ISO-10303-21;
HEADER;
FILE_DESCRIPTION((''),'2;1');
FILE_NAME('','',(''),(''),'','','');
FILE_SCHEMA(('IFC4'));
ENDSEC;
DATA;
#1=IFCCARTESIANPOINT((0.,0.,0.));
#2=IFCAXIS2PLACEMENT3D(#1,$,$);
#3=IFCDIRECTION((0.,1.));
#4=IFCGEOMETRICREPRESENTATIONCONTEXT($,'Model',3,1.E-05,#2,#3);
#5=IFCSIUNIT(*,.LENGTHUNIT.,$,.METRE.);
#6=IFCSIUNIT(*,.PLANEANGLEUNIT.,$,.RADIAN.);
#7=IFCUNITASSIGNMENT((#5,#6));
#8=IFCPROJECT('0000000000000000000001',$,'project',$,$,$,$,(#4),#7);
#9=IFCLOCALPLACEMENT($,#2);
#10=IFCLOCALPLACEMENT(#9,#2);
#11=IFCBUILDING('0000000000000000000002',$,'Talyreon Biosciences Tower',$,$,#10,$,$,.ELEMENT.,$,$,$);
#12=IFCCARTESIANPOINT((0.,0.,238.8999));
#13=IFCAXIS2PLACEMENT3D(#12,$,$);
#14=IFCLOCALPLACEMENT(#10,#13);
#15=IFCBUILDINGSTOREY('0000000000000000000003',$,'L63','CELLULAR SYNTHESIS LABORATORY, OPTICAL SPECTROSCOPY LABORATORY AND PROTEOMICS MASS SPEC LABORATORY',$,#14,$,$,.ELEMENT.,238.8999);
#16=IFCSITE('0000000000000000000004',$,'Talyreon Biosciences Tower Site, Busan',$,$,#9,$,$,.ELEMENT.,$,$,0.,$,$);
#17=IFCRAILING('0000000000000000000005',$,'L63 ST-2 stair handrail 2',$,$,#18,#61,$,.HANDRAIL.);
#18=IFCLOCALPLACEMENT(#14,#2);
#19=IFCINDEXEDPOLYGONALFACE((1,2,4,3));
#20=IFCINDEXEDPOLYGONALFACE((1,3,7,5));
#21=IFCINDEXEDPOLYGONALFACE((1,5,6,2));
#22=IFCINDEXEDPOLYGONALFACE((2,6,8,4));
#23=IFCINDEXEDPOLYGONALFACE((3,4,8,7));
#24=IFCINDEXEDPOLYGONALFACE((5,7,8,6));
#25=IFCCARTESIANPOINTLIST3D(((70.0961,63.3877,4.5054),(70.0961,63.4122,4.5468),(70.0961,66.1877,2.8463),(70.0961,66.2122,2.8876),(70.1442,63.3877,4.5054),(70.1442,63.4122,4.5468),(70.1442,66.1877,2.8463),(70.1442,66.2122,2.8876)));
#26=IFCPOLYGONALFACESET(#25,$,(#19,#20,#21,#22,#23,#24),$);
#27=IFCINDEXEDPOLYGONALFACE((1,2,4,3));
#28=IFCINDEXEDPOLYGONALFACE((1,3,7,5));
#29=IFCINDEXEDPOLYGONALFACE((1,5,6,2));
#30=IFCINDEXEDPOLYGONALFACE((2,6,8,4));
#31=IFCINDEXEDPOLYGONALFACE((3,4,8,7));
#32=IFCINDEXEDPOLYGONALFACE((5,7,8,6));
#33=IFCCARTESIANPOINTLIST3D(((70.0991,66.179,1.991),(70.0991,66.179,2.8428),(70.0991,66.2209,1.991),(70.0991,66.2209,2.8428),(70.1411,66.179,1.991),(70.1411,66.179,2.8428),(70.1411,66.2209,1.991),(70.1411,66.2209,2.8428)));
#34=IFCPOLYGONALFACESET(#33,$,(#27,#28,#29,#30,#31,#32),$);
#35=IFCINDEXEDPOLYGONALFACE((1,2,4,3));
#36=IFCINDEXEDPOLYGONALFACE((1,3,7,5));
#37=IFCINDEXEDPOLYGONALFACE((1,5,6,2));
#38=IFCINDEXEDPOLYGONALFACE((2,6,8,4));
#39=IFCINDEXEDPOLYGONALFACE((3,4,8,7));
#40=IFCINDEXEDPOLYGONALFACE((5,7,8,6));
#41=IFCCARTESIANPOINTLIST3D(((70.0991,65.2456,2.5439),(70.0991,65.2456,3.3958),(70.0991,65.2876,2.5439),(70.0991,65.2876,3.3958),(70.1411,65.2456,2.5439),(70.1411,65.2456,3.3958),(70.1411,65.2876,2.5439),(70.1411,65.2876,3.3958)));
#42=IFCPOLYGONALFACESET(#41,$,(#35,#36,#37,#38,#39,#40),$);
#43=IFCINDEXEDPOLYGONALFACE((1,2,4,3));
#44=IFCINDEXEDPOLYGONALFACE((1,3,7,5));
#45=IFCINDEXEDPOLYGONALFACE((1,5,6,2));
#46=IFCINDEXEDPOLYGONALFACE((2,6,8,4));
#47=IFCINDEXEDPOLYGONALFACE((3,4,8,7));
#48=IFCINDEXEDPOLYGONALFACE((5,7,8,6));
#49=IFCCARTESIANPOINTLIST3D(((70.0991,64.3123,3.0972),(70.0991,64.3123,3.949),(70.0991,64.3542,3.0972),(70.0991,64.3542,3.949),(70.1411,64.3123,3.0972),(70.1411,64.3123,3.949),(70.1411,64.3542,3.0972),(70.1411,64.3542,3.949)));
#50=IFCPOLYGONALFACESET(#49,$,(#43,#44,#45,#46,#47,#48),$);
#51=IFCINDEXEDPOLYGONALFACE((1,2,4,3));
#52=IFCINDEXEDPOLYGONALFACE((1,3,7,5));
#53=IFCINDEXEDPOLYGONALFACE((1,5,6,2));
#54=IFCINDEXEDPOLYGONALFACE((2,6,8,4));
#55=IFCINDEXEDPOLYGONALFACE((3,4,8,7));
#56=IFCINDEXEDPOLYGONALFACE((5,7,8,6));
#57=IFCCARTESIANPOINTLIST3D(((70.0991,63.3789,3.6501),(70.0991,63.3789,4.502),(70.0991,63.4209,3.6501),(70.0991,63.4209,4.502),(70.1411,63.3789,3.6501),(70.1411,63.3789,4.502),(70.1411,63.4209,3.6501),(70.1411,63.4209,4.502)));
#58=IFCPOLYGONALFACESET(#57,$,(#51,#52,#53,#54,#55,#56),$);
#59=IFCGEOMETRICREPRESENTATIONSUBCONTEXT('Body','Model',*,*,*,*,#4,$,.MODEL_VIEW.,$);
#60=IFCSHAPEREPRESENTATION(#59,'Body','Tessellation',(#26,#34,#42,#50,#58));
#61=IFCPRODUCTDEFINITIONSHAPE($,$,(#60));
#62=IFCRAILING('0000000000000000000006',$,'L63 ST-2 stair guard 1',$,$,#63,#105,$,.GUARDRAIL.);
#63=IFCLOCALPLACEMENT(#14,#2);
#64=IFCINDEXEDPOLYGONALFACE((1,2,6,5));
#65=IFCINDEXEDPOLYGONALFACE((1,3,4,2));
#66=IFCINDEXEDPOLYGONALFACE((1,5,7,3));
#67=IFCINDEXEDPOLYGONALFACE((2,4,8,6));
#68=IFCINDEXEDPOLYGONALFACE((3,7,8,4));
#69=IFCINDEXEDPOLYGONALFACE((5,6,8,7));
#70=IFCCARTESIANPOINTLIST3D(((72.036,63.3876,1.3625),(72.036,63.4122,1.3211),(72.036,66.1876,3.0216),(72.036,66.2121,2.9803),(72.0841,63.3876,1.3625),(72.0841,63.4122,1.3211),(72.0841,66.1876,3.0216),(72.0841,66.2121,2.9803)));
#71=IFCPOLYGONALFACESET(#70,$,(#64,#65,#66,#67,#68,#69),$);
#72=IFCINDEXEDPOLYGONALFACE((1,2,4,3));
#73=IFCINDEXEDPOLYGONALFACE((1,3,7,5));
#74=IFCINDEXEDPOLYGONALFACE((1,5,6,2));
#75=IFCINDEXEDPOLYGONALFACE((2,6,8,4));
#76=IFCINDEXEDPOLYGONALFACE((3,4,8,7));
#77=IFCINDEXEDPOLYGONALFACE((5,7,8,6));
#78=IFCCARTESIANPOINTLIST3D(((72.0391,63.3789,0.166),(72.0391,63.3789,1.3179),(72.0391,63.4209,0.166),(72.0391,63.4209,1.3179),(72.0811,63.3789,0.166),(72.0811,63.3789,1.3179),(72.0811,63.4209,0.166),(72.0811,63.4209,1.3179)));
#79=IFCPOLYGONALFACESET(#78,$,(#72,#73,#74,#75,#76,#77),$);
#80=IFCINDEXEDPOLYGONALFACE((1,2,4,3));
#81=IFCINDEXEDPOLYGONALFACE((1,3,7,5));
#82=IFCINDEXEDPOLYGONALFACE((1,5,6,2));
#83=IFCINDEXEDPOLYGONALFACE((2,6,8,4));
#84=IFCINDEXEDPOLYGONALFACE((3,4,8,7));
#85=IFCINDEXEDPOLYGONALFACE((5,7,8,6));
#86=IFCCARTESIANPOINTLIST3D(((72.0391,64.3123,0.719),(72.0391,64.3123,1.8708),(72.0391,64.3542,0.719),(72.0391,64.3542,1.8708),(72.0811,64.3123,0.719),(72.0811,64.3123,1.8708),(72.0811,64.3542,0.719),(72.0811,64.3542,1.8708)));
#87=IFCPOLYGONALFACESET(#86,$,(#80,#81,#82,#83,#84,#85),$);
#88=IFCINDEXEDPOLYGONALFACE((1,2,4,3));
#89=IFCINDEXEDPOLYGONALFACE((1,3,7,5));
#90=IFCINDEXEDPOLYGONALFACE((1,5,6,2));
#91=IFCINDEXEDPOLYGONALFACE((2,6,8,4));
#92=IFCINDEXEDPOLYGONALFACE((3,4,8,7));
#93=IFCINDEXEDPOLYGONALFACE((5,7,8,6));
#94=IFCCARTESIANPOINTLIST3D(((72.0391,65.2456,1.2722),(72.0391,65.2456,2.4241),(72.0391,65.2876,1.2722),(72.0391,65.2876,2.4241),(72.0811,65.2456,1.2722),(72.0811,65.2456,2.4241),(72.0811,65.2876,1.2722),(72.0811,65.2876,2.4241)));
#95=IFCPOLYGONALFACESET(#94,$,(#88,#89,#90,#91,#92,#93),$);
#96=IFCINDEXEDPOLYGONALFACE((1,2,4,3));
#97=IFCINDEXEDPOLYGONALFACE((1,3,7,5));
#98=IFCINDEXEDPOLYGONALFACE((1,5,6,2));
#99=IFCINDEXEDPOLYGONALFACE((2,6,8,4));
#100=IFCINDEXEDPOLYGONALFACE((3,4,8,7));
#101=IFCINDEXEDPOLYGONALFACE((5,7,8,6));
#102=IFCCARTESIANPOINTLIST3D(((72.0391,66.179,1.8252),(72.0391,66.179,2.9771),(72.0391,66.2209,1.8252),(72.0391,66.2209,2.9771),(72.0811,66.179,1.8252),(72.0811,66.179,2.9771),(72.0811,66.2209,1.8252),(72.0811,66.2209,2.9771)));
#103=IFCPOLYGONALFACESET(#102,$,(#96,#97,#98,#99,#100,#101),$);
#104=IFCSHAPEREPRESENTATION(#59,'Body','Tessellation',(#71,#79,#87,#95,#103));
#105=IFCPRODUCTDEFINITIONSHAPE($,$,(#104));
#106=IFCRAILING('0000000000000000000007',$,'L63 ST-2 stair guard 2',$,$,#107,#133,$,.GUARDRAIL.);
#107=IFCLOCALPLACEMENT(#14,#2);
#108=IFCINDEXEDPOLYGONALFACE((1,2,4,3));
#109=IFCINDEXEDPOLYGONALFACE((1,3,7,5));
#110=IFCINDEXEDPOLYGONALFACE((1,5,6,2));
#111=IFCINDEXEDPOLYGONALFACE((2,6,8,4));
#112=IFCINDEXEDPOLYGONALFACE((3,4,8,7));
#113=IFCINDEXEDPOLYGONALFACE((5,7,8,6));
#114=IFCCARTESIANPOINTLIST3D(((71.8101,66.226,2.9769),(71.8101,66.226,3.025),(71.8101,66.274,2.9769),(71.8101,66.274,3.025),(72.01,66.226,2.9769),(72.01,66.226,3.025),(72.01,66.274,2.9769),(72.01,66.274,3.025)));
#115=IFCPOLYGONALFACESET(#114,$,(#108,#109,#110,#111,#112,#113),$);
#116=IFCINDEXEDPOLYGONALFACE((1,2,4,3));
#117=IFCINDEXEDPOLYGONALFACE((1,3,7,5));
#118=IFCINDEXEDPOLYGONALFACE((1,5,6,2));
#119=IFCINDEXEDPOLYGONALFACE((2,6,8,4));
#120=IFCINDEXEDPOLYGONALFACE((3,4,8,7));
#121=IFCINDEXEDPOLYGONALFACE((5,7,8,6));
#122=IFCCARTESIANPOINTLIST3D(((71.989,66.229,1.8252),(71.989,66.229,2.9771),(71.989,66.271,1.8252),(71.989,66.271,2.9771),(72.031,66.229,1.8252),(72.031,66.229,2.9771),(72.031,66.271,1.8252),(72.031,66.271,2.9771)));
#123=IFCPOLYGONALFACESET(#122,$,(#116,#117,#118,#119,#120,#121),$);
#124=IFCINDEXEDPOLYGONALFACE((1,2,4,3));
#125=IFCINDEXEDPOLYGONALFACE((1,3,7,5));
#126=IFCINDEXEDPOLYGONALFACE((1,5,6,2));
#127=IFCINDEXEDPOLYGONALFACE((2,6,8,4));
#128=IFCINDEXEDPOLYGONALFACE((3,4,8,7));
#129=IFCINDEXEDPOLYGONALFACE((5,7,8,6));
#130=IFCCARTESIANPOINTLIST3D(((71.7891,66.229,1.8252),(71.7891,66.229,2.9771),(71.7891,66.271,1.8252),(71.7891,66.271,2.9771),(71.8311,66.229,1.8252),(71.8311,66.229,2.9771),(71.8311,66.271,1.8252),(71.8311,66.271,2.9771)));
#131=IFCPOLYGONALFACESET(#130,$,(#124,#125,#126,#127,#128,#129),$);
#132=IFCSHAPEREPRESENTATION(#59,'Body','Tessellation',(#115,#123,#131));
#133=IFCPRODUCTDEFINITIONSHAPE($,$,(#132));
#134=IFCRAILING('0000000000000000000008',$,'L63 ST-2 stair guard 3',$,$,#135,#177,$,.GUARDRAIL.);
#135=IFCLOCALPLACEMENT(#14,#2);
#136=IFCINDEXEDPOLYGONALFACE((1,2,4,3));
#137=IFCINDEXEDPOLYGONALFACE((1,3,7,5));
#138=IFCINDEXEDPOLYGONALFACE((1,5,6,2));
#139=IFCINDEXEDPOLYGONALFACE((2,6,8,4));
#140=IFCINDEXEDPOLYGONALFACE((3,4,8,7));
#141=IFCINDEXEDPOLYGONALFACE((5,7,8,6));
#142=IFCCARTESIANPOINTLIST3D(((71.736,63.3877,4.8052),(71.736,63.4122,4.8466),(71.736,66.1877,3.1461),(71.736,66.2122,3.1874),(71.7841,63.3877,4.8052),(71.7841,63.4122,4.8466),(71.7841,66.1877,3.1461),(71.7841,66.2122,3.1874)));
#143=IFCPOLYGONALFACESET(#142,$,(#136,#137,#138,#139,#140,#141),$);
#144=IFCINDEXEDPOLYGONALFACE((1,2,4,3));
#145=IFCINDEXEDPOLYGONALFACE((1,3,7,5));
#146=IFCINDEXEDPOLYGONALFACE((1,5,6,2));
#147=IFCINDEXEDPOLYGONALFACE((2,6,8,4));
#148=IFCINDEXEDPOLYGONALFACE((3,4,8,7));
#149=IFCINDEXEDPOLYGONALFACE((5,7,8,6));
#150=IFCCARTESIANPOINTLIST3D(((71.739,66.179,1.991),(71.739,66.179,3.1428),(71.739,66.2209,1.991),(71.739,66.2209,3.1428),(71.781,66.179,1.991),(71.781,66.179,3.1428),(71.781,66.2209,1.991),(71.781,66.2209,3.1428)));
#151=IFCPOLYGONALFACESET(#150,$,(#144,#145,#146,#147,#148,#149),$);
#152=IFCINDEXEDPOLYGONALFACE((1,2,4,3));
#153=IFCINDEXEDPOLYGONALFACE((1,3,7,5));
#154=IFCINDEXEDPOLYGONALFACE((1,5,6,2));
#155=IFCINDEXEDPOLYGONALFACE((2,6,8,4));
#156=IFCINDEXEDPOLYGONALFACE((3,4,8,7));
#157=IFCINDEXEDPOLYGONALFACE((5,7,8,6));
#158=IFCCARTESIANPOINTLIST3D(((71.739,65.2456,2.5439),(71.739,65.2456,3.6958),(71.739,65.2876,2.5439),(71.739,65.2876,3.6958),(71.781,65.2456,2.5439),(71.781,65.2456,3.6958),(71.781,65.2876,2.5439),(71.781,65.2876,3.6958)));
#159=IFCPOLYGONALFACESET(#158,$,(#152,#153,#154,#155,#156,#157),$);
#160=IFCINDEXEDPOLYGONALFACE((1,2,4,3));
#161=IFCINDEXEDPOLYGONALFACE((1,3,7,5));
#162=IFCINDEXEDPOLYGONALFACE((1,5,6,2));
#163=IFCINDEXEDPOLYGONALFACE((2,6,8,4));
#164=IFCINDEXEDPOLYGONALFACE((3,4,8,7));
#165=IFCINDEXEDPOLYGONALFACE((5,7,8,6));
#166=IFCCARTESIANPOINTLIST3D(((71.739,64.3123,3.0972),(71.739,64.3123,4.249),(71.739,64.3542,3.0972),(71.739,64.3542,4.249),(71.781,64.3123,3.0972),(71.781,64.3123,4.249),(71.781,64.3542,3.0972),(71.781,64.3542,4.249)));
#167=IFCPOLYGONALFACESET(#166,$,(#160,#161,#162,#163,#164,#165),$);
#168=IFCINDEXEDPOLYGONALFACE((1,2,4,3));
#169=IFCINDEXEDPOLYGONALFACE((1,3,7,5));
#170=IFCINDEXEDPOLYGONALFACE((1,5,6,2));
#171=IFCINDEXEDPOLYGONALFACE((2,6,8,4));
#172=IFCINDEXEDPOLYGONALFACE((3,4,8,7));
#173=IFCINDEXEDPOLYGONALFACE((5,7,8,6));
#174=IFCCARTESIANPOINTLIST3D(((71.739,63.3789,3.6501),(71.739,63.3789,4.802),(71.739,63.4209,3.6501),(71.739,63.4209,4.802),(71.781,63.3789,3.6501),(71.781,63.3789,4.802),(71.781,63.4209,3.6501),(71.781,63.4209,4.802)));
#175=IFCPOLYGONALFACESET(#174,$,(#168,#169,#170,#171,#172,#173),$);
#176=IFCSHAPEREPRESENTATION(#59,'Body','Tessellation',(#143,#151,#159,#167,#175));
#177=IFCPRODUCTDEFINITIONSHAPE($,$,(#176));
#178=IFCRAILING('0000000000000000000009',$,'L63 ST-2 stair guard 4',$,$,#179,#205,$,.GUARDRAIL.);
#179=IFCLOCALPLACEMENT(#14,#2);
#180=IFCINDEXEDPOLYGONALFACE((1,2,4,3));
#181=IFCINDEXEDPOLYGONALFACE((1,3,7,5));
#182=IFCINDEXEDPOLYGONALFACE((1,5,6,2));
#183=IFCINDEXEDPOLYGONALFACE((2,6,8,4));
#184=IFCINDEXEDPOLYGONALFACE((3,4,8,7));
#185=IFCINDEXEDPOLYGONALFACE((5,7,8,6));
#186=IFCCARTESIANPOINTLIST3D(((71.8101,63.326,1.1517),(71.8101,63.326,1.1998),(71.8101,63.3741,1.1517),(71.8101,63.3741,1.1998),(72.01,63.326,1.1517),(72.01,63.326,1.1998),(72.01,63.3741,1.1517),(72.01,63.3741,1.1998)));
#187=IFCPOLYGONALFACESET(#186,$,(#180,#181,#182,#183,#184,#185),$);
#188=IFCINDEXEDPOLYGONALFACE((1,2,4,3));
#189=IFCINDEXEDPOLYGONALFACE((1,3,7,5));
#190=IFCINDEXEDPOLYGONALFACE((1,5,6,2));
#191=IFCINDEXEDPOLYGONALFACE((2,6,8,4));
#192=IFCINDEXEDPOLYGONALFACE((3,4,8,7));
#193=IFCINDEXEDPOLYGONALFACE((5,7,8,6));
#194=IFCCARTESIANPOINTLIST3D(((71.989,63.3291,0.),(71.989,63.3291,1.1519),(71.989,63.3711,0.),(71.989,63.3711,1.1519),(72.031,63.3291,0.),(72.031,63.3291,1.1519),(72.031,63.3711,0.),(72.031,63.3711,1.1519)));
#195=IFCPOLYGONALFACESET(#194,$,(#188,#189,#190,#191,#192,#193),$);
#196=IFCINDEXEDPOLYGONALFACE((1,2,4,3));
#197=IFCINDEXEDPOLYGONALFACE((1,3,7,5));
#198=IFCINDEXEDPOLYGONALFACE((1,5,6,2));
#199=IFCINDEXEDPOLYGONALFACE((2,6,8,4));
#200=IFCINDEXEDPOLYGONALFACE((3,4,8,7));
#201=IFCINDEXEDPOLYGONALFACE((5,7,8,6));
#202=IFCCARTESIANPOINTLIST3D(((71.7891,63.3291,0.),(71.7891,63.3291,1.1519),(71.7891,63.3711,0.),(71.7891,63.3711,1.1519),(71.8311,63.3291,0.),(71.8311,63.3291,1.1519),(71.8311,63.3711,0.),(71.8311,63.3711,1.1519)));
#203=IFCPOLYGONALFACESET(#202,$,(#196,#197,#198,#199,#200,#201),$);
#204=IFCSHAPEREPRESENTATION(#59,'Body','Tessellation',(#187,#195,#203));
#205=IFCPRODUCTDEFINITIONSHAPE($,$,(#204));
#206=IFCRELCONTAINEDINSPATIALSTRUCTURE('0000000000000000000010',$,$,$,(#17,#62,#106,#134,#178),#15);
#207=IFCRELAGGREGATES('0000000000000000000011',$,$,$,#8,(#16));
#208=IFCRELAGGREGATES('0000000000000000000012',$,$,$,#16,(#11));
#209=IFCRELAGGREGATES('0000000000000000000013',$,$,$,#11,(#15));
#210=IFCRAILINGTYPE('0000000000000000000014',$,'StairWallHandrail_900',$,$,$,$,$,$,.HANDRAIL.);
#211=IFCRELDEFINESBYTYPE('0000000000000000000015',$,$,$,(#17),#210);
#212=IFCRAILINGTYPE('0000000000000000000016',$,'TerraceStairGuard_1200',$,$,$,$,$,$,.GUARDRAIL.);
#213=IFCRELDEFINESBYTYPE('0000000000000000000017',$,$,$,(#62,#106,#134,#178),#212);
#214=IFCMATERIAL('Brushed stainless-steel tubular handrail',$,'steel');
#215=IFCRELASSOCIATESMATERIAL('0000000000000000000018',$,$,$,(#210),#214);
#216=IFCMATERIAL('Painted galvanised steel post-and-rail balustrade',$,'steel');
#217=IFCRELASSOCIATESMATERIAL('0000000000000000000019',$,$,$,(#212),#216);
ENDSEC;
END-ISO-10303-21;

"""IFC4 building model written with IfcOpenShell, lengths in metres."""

from ifc_helpers import new_model, si_unit, direction, frame, origin, origin_2d, place, context, subcontext, project, spatial, rectangle, extrude, material, type_object, element, save


model = new_model("IFC4")

# Units and contexts
model_context = context("Model", 3, precision=1e-05, world=origin(), true_north=direction((0.0, 1.0)))
body_context = subcontext(model_context, "Body", "Model", "MODEL_VIEW")
ifc_project = project(units=[si_unit("LENGTHUNIT", "METRE"), si_unit("PLANEANGLEUNIT", "RADIAN")], contexts=[model_context])

# Site, building, storey
site_placement = place(None, origin())
site = spatial("IfcSite", under=ifc_project, at=site_placement, Name="Talyreon Biosciences Tower Site, Busan", CompositionType="ELEMENT", RefElevation=0.0)
building_placement = place(site_placement, origin())
building = spatial("IfcBuilding", under=site, at=building_placement, Name="Talyreon Biosciences Tower", CompositionType="ELEMENT")
storey_placement = place(building_placement, frame((0.0, 0.0, 238.8999)))
storey = spatial("IfcBuildingStorey", under=building, at=storey_placement, Name="L63", Description="CELLULAR SYNTHESIS LABORATORY, OPTICAL SPECTROSCOPY LABORATORY AND PROTEOMICS MASS SPEC LABORATORY", CompositionType="ELEMENT", Elevation=238.8999)

# Railings
ifc_material_1 = material(Name="Brushed stainless-steel tubular handrail", Category="steel")
railing_type_1 = type_object("IfcRailingType", Name="StairWallHandrail_900", PredefinedType="HANDRAIL", material=ifc_material_1)
railing_1_placement = place(storey_placement, frame((70.1201, 66.2, 1.991)))
element("IfcRailing", 1, at=railing_1_placement, inside=storey, type_object=railing_type_1, Name="L63 ST-2 stair handrail 2", PredefinedType="HANDRAIL", context=body_context, shape_type="SweptSolid", body=[
    extrude(rectangle(XDim=0.0481, YDim=0.0481, at=origin_2d()), frame((0.0, 0.0, 0.876), z_axis=(0.0, -0.860306, 0.509778), x_axis=(1.0, 0.0, 0.0)), (0.0, 0.0, 1.0), 3.2546),
    extrude(rectangle(XDim=0.042, YDim=0.042, at=origin_2d()), origin(), (0.0, 0.0, 1.0), 0.8518),
    extrude(rectangle(XDim=0.042, YDim=0.042, at=origin_2d()), frame((0.0, -0.9333, 0.553)), (0.0, 0.0, 1.0), 0.8518),
    extrude(rectangle(XDim=0.042, YDim=0.042, at=origin_2d()), frame((0.0, -1.8667, 1.1062)), (0.0, 0.0, 1.0), 0.8518),
    extrude(rectangle(XDim=0.042, YDim=0.042, at=origin_2d()), frame((0.0, -2.8, 1.6592)), (0.0, 0.0, 1.0), 0.8518),
])
ifc_material_2 = material(Name="Painted galvanised steel post-and-rail balustrade", Category="steel")
railing_type_2 = type_object("IfcRailingType", Name="TerraceStairGuard_1200", PredefinedType="GUARDRAIL", material=ifc_material_2)
railing_2_placement = place(storey_placement, frame((72.0601, 63.3999, 0.166)))
element("IfcRailing", 2, at=railing_2_placement, inside=storey, type_object=railing_type_2, Name="L63 ST-2 stair guard 1", PredefinedType="GUARDRAIL", context=body_context, shape_type="SweptSolid", body=[
    extrude(rectangle(XDim=0.0481, YDim=0.0481, at=origin_2d()), frame((0.0, 0.0, 1.1758), z_axis=(0.0, 0.860306, 0.509778), x_axis=(-1.0, 0.0, 0.0)), (0.0, 0.0, 1.0), 3.2546),
    extrude(rectangle(XDim=0.042, YDim=0.042, at=origin_2d()), origin(), (0.0, 0.0, 1.0), 1.1519),
    extrude(rectangle(XDim=0.042, YDim=0.042, at=origin_2d()), frame((0.0, 0.9333, 0.553)), (0.0, 0.0, 1.0), 1.1519),
    extrude(rectangle(XDim=0.042, YDim=0.042, at=origin_2d()), frame((0.0, 1.8667, 1.1062)), (0.0, 0.0, 1.0), 1.1519),
    extrude(rectangle(XDim=0.042, YDim=0.042, at=origin_2d()), frame((0.0, 2.8, 1.6592)), (0.0, 0.0, 1.0), 1.1519),
])
railing_3_placement = place(storey_placement, frame((72.01, 66.25, 1.8252)))
element("IfcRailing", 3, at=railing_3_placement, inside=storey, type_object=railing_type_2, Name="L63 ST-2 stair guard 2", PredefinedType="GUARDRAIL", context=body_context, shape_type="SweptSolid", body=[
    extrude(rectangle(XDim=0.0481, YDim=0.0481, at=origin_2d()), frame((0.0, 0.0, 1.1758), z_axis=(-1.0, 0.0, 0.0), x_axis=(0.0, -1.0, 0.0)), (0.0, 0.0, 1.0), 0.2),
    extrude(rectangle(XDim=0.042, YDim=0.042, at=origin_2d()), origin(), (0.0, 0.0, 1.0), 1.1519),
    extrude(rectangle(XDim=0.042, YDim=0.042, at=origin_2d()), frame((-0.2, 0.0, 0.0)), (0.0, 0.0, 1.0), 1.1519),
])
railing_4_placement = place(storey_placement, frame((71.76, 66.2, 1.991)))
element("IfcRailing", 4, at=railing_4_placement, inside=storey, type_object=railing_type_2, Name="L63 ST-2 stair guard 3", PredefinedType="GUARDRAIL", context=body_context, shape_type="SweptSolid", body=[
    extrude(rectangle(XDim=0.0481, YDim=0.0481, at=origin_2d()), frame((0.0, 0.0, 1.1758), z_axis=(0.0, -0.860306, 0.509778), x_axis=(1.0, 0.0, 0.0)), (0.0, 0.0, 1.0), 3.2546),
    extrude(rectangle(XDim=0.042, YDim=0.042, at=origin_2d()), origin(), (0.0, 0.0, 1.0), 1.1519),
    extrude(rectangle(XDim=0.042, YDim=0.042, at=origin_2d()), frame((0.0, -0.9333, 0.553)), (0.0, 0.0, 1.0), 1.1519),
    extrude(rectangle(XDim=0.042, YDim=0.042, at=origin_2d()), frame((0.0, -1.8667, 1.1062)), (0.0, 0.0, 1.0), 1.1519),
    extrude(rectangle(XDim=0.042, YDim=0.042, at=origin_2d()), frame((0.0, -2.8, 1.6592)), (0.0, 0.0, 1.0), 1.1519),
])
railing_5_placement = place(storey_placement, frame((72.01, 63.3501, 0.0)))
element("IfcRailing", 5, at=railing_5_placement, inside=storey, type_object=railing_type_2, Name="L63 ST-2 stair guard 4", PredefinedType="GUARDRAIL", context=body_context, shape_type="SweptSolid", body=[
    extrude(rectangle(XDim=0.0481, YDim=0.0481, at=origin_2d()), frame((0.0, 0.0, 1.1758), z_axis=(-1.0, 0.0, 0.0), x_axis=(0.0, -1.0, 0.0)), (0.0, 0.0, 1.0), 0.2),
    extrude(rectangle(XDim=0.042, YDim=0.042, at=origin_2d()), origin(), (0.0, 0.0, 1.0), 1.1519),
    extrude(rectangle(XDim=0.042, YDim=0.042, at=origin_2d()), frame((-0.2, 0.0, 0.0)), (0.0, 0.0, 1.0), 1.1519),
])

save(model, "model.ifc")
